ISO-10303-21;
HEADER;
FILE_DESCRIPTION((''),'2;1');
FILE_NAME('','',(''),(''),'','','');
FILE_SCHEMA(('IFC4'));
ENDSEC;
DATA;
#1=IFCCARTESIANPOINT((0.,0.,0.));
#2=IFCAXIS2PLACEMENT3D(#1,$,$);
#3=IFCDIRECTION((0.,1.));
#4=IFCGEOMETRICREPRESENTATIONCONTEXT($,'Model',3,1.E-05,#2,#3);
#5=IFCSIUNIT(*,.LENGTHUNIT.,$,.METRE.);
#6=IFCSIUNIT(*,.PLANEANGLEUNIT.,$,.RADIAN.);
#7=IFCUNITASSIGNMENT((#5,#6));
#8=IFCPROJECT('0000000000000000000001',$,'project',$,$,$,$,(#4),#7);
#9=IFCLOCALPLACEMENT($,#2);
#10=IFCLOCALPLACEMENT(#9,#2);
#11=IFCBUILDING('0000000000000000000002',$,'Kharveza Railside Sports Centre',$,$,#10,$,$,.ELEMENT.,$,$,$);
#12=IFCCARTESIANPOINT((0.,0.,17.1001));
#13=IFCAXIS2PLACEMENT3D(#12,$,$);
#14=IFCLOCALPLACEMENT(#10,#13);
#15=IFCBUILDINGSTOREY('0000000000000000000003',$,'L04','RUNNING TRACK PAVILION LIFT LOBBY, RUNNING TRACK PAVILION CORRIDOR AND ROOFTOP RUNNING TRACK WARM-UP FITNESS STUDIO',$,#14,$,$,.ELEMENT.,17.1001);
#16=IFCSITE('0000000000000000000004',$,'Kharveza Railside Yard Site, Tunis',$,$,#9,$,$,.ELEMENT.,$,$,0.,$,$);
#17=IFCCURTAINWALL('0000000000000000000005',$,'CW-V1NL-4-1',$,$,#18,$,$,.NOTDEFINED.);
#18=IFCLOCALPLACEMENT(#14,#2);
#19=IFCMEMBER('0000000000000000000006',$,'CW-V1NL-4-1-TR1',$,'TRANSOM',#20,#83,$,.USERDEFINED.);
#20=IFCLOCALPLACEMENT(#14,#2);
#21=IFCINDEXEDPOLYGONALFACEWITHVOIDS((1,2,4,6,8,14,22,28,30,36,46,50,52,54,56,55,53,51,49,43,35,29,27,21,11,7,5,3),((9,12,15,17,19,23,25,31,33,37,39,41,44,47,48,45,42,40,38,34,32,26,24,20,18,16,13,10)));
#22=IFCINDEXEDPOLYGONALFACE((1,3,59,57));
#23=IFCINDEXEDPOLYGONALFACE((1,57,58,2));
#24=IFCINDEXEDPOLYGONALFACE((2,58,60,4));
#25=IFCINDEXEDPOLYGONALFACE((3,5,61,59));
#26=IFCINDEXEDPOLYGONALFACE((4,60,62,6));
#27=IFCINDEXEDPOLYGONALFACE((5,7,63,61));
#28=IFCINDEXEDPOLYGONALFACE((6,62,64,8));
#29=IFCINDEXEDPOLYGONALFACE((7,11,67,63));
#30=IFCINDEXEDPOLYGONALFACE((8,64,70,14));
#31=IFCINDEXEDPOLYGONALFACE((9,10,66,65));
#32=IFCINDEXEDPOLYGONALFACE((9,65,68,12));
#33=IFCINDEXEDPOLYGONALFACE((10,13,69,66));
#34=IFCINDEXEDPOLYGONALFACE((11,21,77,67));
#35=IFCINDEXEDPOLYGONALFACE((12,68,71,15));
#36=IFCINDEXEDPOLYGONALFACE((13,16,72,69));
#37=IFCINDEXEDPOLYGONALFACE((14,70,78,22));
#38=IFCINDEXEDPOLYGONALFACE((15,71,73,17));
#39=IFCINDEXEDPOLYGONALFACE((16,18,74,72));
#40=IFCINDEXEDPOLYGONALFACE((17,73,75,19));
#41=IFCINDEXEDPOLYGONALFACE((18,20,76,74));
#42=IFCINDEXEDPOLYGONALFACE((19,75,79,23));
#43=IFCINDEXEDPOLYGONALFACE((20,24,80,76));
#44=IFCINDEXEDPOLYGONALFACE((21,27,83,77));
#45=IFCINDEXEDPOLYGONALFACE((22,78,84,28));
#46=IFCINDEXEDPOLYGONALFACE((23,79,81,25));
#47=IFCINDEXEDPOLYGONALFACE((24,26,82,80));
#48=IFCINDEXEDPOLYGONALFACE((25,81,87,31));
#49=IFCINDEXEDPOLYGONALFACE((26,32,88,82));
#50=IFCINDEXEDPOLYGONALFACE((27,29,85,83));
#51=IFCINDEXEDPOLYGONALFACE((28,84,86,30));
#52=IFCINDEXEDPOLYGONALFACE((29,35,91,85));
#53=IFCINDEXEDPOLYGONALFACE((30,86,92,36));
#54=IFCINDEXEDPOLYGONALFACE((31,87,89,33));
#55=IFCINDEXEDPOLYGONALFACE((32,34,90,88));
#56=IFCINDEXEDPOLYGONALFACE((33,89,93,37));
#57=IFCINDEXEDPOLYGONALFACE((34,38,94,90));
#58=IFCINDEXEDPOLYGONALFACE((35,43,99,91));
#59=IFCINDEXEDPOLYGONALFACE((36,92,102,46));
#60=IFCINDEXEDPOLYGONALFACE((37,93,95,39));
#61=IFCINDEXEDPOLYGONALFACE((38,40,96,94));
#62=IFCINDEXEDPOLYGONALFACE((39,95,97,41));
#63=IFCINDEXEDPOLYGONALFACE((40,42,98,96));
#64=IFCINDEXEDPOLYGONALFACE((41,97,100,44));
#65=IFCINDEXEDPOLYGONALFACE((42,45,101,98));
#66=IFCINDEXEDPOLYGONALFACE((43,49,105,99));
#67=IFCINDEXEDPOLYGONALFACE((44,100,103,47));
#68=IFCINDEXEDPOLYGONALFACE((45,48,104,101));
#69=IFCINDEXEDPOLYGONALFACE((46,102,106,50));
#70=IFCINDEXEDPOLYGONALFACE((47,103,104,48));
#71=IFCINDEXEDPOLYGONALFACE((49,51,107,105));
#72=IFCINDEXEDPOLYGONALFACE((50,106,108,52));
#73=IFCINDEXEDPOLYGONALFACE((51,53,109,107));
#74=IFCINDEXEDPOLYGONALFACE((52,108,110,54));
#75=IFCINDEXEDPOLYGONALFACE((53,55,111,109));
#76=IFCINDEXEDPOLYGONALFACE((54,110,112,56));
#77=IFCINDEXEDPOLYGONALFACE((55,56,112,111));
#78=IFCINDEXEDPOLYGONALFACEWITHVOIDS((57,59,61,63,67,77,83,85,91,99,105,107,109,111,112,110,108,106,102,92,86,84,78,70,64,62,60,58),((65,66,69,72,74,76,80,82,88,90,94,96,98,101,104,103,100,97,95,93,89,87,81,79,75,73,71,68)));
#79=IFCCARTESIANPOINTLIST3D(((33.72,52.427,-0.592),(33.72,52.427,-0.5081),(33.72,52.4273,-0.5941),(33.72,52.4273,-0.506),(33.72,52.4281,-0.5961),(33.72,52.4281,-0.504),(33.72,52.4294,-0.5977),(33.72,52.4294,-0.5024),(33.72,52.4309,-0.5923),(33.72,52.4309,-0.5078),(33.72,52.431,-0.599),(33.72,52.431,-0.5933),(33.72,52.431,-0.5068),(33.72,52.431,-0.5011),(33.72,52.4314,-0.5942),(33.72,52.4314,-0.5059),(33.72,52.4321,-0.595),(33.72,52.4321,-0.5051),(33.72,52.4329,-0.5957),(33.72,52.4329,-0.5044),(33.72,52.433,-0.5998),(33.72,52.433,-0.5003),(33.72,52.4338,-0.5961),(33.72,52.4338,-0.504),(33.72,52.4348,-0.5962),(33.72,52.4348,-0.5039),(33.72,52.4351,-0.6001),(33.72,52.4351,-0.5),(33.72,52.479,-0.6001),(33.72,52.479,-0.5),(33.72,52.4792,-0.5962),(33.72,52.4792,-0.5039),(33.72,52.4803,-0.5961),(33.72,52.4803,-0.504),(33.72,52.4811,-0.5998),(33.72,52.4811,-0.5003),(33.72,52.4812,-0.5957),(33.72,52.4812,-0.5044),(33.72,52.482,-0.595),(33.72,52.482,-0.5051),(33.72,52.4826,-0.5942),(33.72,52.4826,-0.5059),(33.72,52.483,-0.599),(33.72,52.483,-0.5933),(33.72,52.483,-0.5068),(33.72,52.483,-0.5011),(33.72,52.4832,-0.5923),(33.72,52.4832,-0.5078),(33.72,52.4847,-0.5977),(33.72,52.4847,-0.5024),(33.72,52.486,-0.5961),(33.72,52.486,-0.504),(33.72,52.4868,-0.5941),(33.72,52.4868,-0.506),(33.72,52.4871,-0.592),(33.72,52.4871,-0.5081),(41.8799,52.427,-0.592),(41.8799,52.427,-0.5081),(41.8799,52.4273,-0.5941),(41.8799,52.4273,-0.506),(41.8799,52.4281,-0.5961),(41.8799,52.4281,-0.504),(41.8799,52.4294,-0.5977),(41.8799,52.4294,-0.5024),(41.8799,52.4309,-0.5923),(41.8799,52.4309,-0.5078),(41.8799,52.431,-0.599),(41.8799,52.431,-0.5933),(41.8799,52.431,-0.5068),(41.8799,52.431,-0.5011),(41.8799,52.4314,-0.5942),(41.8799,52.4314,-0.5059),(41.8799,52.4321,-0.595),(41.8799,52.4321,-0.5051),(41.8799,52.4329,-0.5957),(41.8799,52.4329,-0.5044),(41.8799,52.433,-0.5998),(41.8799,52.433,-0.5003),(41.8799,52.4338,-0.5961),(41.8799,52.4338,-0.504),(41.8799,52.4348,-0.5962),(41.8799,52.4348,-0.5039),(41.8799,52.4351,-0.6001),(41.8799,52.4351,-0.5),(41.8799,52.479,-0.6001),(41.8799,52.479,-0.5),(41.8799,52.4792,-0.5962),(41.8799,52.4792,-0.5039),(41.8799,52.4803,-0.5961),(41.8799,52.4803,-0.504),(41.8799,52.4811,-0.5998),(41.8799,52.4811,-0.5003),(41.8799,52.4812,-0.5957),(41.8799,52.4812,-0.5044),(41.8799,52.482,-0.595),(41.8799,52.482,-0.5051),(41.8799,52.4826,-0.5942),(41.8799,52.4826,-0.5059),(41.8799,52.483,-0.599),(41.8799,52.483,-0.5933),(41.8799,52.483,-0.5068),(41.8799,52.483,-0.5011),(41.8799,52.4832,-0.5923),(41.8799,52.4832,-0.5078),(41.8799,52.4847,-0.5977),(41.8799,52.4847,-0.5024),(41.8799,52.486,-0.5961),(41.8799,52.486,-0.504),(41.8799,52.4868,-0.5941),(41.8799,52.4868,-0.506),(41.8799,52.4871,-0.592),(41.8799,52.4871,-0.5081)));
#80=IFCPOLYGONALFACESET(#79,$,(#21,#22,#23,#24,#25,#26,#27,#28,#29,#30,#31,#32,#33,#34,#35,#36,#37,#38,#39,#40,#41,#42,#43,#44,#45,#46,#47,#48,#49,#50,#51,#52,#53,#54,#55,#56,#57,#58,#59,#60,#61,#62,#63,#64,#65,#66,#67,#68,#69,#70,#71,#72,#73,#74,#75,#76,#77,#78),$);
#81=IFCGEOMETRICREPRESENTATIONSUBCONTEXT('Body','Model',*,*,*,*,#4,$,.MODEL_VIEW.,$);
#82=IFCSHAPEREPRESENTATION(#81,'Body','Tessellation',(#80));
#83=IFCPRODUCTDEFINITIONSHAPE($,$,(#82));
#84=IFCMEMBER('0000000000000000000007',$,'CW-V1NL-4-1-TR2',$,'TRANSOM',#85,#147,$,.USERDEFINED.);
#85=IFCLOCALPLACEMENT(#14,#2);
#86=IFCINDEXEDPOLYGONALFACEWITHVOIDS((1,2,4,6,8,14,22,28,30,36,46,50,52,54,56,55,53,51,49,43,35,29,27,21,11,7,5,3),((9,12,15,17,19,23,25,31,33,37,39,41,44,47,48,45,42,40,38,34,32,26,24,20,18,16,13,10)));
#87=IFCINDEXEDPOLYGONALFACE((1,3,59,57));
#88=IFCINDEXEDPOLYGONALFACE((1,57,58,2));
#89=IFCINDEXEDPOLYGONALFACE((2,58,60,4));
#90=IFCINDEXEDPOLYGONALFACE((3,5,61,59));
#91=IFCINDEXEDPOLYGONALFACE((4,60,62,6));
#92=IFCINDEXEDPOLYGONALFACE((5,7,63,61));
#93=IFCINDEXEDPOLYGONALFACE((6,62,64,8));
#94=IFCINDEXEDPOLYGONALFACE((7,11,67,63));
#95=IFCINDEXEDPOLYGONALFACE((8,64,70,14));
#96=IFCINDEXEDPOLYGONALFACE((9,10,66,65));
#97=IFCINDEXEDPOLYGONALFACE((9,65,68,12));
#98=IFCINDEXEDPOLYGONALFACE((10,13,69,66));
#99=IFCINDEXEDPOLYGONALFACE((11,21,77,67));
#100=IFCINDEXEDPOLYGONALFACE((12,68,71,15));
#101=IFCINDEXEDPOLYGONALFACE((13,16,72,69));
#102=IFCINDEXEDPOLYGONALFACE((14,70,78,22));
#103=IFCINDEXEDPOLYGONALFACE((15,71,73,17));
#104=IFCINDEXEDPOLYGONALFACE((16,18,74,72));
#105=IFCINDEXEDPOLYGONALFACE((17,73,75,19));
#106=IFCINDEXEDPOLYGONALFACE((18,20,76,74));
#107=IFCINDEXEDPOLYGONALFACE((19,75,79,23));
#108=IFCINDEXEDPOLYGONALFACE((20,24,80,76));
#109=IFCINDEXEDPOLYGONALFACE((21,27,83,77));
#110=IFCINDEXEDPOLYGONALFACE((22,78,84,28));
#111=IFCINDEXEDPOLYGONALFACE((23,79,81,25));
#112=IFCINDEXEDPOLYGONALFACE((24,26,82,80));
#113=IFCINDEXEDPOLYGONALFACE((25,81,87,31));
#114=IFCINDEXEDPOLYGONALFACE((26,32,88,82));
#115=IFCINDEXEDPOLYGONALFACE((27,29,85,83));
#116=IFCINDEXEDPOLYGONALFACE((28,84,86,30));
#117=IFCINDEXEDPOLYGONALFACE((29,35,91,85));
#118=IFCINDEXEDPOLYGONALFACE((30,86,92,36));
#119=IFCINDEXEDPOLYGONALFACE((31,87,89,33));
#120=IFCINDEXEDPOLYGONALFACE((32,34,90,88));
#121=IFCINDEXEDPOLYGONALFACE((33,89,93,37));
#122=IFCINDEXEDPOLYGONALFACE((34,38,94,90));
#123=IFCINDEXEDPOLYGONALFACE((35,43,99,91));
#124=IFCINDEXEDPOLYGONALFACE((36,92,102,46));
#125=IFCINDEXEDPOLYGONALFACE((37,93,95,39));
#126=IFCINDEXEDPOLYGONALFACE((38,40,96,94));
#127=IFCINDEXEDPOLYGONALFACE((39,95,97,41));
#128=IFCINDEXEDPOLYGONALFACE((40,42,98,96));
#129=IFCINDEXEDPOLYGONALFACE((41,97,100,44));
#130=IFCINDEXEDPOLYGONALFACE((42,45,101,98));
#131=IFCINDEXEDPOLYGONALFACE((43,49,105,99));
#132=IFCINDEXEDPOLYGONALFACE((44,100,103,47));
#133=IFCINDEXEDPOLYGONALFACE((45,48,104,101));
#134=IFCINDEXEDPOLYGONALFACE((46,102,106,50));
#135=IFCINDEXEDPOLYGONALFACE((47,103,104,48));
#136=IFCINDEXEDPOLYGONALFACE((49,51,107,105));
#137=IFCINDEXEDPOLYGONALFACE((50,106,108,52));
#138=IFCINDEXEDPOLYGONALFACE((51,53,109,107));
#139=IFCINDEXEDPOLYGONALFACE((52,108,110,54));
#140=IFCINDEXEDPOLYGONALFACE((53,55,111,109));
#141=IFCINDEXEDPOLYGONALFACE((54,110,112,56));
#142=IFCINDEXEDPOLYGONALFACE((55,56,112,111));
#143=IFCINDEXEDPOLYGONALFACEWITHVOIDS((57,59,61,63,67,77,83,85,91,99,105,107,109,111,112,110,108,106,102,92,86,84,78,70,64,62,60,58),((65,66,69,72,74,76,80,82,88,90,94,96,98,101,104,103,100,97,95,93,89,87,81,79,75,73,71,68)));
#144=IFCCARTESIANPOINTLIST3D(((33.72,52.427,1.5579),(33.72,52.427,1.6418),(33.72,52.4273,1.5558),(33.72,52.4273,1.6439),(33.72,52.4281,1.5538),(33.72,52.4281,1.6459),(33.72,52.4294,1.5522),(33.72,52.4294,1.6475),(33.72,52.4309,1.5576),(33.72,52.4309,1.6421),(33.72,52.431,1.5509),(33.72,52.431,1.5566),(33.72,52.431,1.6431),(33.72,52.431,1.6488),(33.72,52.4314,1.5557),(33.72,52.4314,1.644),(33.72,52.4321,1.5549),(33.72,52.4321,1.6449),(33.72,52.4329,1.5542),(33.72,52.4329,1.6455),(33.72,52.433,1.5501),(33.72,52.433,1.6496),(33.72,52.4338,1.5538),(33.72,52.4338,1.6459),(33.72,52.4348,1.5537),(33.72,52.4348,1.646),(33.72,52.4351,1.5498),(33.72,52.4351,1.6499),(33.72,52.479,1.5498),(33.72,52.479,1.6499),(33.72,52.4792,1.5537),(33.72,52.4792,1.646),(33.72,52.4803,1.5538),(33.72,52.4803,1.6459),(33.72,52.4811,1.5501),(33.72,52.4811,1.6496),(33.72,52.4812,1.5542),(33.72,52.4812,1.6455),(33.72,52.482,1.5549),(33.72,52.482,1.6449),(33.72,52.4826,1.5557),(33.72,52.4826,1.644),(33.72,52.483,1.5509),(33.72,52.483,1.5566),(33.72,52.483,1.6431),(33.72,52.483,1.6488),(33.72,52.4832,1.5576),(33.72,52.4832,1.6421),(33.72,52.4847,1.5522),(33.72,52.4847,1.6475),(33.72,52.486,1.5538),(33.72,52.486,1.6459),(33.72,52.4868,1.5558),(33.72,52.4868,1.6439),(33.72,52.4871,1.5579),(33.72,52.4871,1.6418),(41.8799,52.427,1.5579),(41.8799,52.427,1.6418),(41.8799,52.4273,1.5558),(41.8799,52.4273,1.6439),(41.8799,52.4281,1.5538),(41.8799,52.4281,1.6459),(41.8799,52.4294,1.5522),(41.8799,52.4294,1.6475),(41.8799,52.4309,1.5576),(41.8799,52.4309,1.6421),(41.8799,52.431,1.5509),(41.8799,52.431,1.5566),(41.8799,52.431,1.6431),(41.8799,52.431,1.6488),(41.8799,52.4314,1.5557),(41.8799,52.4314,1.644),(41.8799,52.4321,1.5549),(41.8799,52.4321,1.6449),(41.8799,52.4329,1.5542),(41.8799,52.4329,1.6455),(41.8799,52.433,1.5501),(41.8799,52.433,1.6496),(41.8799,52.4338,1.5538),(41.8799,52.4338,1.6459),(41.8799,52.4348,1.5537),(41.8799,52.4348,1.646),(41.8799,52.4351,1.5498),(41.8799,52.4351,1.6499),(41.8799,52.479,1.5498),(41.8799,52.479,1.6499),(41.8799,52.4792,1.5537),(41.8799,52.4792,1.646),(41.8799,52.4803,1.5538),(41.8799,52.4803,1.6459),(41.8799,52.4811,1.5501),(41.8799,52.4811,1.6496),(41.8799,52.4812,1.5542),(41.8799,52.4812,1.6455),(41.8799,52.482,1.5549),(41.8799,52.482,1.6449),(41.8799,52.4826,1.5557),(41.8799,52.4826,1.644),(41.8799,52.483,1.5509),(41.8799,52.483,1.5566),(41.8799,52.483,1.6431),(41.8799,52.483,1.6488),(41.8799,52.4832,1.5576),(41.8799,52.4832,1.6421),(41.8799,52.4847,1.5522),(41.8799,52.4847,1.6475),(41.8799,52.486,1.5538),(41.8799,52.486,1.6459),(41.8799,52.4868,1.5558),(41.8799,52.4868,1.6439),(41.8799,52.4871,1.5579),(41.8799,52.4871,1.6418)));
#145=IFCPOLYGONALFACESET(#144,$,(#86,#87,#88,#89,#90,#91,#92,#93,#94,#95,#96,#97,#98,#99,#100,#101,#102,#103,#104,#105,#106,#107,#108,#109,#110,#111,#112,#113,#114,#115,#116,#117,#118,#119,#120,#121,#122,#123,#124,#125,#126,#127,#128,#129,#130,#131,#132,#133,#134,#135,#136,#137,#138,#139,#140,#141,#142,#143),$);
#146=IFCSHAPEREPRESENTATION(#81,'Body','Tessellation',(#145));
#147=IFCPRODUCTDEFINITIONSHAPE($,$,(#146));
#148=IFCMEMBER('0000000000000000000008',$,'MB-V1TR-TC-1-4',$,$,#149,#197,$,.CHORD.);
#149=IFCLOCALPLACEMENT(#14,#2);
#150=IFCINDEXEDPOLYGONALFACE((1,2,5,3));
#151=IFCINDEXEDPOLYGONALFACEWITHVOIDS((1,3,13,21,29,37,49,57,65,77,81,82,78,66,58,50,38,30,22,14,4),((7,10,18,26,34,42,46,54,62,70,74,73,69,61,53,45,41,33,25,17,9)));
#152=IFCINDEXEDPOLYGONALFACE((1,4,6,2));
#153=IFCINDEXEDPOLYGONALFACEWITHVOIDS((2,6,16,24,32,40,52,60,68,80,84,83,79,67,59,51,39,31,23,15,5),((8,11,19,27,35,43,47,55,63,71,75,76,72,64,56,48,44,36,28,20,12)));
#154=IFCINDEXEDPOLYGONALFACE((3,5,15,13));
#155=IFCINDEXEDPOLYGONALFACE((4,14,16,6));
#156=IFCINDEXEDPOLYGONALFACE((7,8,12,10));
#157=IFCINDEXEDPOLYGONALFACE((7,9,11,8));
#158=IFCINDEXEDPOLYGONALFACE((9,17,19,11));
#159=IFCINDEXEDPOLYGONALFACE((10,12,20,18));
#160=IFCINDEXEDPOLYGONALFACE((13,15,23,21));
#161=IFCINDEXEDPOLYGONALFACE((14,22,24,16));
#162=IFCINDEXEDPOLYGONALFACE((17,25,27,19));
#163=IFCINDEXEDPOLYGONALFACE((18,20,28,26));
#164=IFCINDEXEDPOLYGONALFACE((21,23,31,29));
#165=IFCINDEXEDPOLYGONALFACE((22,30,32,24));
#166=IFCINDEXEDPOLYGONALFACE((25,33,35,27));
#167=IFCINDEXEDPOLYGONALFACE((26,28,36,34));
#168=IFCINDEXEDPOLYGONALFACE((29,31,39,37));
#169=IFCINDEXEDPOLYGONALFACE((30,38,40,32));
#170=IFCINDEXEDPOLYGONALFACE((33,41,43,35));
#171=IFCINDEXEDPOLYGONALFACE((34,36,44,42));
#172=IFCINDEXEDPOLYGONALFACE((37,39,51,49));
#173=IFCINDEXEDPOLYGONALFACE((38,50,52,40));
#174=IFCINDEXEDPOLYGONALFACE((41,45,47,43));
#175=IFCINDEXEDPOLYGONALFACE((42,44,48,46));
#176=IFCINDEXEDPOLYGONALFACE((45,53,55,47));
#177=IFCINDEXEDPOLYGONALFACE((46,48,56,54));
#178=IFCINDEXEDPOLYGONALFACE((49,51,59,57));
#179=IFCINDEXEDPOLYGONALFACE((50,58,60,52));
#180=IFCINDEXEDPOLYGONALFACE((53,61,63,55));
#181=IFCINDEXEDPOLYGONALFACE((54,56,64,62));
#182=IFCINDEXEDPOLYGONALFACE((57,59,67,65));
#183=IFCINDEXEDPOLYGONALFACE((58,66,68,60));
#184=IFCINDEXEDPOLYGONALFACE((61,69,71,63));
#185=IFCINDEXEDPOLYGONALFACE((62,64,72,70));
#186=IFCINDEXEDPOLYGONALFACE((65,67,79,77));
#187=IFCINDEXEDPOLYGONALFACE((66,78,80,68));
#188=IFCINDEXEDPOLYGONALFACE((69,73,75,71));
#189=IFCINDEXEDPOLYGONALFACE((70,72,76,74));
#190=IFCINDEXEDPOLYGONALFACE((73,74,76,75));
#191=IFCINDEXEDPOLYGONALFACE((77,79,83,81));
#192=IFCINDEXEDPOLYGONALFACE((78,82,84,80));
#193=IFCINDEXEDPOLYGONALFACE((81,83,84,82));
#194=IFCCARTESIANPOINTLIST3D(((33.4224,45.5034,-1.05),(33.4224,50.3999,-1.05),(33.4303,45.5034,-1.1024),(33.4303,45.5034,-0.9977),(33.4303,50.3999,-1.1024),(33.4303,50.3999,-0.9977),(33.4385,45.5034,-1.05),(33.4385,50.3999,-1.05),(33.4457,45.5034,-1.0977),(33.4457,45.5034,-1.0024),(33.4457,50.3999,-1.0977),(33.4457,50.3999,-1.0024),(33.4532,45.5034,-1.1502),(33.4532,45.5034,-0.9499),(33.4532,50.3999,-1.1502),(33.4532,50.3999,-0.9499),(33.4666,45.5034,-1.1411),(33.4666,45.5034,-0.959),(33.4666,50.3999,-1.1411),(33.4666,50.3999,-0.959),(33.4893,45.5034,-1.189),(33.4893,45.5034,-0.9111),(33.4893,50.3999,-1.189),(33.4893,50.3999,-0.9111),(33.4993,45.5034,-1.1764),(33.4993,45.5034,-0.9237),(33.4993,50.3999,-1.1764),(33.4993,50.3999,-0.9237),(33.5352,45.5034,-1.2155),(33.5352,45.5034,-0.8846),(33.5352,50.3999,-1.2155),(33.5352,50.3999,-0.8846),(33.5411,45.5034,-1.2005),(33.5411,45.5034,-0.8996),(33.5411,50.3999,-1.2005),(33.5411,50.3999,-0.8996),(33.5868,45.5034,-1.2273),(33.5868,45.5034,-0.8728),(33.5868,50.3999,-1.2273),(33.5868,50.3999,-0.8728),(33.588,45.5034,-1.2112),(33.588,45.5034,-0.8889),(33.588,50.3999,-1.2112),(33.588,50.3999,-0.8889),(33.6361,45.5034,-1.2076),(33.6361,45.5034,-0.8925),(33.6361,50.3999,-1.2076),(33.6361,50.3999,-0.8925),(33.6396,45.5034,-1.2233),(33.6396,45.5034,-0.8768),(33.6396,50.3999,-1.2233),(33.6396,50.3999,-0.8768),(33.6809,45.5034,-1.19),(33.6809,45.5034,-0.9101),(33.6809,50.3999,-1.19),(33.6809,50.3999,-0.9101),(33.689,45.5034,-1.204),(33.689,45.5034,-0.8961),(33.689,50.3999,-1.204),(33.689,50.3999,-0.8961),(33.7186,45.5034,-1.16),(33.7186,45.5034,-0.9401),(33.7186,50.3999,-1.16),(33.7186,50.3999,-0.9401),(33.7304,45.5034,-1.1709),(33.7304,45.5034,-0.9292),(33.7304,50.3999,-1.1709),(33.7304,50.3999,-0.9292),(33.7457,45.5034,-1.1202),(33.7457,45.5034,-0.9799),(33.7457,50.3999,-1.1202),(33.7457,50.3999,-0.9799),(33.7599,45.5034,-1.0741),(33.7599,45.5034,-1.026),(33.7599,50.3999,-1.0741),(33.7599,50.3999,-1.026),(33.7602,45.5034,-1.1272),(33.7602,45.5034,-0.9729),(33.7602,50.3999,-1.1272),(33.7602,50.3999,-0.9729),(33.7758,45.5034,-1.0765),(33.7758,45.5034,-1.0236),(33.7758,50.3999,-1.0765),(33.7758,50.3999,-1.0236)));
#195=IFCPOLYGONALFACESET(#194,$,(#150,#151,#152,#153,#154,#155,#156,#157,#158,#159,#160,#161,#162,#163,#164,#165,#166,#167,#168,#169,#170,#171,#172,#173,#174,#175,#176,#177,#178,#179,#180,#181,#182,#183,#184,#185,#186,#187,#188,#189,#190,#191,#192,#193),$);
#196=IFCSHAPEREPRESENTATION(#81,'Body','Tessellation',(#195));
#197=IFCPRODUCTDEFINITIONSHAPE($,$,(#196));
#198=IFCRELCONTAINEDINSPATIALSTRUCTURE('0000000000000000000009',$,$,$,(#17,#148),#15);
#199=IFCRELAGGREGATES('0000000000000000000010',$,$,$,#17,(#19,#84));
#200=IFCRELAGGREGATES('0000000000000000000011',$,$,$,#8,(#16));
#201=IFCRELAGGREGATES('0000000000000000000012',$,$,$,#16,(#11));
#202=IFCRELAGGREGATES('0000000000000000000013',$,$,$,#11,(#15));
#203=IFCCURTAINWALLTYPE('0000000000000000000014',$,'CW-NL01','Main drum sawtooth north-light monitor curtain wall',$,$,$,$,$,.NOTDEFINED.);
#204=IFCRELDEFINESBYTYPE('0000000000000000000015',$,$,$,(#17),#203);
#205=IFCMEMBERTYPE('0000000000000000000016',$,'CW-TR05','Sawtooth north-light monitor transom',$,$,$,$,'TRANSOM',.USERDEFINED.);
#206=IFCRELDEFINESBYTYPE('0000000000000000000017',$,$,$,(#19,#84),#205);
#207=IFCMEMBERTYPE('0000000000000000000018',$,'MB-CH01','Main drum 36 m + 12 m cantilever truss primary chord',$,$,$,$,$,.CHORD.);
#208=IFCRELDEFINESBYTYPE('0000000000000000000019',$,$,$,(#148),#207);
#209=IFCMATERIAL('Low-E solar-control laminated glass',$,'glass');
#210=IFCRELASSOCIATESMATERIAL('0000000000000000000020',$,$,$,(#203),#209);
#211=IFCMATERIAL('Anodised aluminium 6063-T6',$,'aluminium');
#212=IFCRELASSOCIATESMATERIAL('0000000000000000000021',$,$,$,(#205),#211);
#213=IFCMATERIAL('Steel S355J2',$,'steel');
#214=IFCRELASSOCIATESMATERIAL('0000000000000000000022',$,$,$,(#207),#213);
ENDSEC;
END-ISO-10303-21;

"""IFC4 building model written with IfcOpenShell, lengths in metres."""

from ifc_helpers import new_model, si_unit, direction, frame, origin, origin_2d, place, context, subcontext, project, spatial, hollow_rectangle, hollow_circle, extrude, material, material_profile, profile_set, type_object, element, aggregate, save


model = new_model("IFC4")

# Units and contexts
model_context = context("Model", 3, precision=1e-05, world=origin(), true_north=direction((0.0, 1.0)))
body_context = subcontext(model_context, "Body", "Model", "MODEL_VIEW")
ifc_project = project(units=[si_unit("LENGTHUNIT", "METRE"), si_unit("PLANEANGLEUNIT", "RADIAN")], contexts=[model_context])

# Site, building, storey
site_placement = place(None, origin())
site = spatial("IfcSite", under=ifc_project, at=site_placement, Name="Kharveza Railside Yard Site, Tunis", CompositionType="ELEMENT", RefElevation=0.0)
building_placement = place(site_placement, origin())
building = spatial("IfcBuilding", under=site, at=building_placement, Name="Kharveza Railside Sports Centre", CompositionType="ELEMENT")
storey_placement = place(building_placement, frame((0.0, 0.0, 17.1001)))
storey = spatial("IfcBuildingStorey", under=building, at=storey_placement, Name="L04", Description="RUNNING TRACK PAVILION LIFT LOBBY, RUNNING TRACK PAVILION CORRIDOR AND ROOFTOP RUNNING TRACK WARM-UP FITNESS STUDIO", CompositionType="ELEMENT", Elevation=17.1001)

# Shared definitions
ifc_material_1 = material(Name="Steel S355J2", Category="steel")

# Shared definitions
ifc_material_2 = material(Name="Low-E solar-control laminated glass", Category="glass")
curtain_wall_type = type_object("IfcCurtainWallType", Name="CW-NL01", Description="Main drum sawtooth north-light monitor curtain wall", PredefinedType="NOTDEFINED", material=ifc_material_2)
ifc_material_3 = material(Name="Anodised aluminium 6063-T6", Category="aluminium")

# Curtain wall
curtain_wall_1_placement = place(storey_placement, origin())
curtain_wall_1 = element("IfcCurtainWall", 1, at=curtain_wall_1_placement, inside=storey, type_object=curtain_wall_type, Name="CW-V1NL-4-1", PredefinedType="NOTDEFINED")

# Members
ifc_material_profile_1 = material_profile(ifc_material_3, hollow_rectangle(XDim=0.0601, YDim=0.1001, WallThickness=0.0039, InnerFilletRadius=0.0039, OuterFilletRadius=0.0081, at=origin_2d()), Name="RHS 60x100x4.0")
ifc_profile_set_1 = profile_set([ifc_material_profile_1], Name="Anodised aluminium 6063-T6")
member_type_1 = type_object("IfcMemberType", Name="CW-TR05", Description="Sawtooth north-light monitor transom", ElementType="TRANSOM", PredefinedType="USERDEFINED", material=ifc_profile_set_1)
member_1_placement = place(storey_placement, frame((33.72, 52.457, -0.55), z_axis=(1.0, 0.0, 0.0), x_axis=(0.0, 1.0, 0.0)))
member_1 = element("IfcMember", 2, at=member_1_placement, type_object=member_type_1, Name="CW-V1NL-4-1-TR1", ObjectType="TRANSOM", PredefinedType="USERDEFINED", context=body_context, shape_type="SweptSolid", body=[
    extrude(hollow_rectangle(XDim=0.0601, YDim=0.1001, WallThickness=0.0039, InnerFilletRadius=0.0039, OuterFilletRadius=0.0081, at=origin_2d()), origin(), (0.0, 0.0, 1.0), 8.1599),
])
member_2_placement = place(storey_placement, frame((33.72, 52.457, 1.5999), z_axis=(1.0, 0.0, 0.0), x_axis=(0.0, 1.0, 0.0)))
member_2 = element("IfcMember", 3, at=member_2_placement, type_object=member_type_1, Name="CW-V1NL-4-1-TR2", ObjectType="TRANSOM", PredefinedType="USERDEFINED", context=body_context, shape_type="SweptSolid", body=[
    extrude(hollow_rectangle(XDim=0.0601, YDim=0.1001, WallThickness=0.0039, InnerFilletRadius=0.0039, OuterFilletRadius=0.0081, at=origin_2d()), origin(), (0.0, 0.0, 1.0), 8.1599),
])
aggregate(curtain_wall_1, [member_1, member_2])

# Member
ifc_material_profile_2 = material_profile(ifc_material_1, hollow_circle(Radius=0.1777, WallThickness=0.0161, at=origin_2d()), Name="CHS 355.6x16.0")
ifc_profile_set_2 = profile_set([ifc_material_profile_2], Name="Steel S355J2")
member_type_2 = type_object("IfcMemberType", Name="MB-CH01", Description="Main drum 36 m + 12 m cantilever truss primary chord", PredefinedType="CHORD", material=ifc_profile_set_2)
member_3_placement = place(storey_placement, frame((33.6001, 45.5034, -1.05), z_axis=(0.0, 1.0, 0.0), x_axis=(-1.0, 0.0, 0.0)))
element("IfcMember", 4, at=member_3_placement, inside=storey, type_object=member_type_2, Name="MB-V1TR-TC-1-4", PredefinedType="CHORD", context=body_context, shape_type="SweptSolid", body=[
    extrude(hollow_circle(Radius=0.1777, WallThickness=0.0161, at=origin_2d()), origin(), (0.0, 0.0, 1.0), 4.8965),
])

save(model, "model.ifc")
